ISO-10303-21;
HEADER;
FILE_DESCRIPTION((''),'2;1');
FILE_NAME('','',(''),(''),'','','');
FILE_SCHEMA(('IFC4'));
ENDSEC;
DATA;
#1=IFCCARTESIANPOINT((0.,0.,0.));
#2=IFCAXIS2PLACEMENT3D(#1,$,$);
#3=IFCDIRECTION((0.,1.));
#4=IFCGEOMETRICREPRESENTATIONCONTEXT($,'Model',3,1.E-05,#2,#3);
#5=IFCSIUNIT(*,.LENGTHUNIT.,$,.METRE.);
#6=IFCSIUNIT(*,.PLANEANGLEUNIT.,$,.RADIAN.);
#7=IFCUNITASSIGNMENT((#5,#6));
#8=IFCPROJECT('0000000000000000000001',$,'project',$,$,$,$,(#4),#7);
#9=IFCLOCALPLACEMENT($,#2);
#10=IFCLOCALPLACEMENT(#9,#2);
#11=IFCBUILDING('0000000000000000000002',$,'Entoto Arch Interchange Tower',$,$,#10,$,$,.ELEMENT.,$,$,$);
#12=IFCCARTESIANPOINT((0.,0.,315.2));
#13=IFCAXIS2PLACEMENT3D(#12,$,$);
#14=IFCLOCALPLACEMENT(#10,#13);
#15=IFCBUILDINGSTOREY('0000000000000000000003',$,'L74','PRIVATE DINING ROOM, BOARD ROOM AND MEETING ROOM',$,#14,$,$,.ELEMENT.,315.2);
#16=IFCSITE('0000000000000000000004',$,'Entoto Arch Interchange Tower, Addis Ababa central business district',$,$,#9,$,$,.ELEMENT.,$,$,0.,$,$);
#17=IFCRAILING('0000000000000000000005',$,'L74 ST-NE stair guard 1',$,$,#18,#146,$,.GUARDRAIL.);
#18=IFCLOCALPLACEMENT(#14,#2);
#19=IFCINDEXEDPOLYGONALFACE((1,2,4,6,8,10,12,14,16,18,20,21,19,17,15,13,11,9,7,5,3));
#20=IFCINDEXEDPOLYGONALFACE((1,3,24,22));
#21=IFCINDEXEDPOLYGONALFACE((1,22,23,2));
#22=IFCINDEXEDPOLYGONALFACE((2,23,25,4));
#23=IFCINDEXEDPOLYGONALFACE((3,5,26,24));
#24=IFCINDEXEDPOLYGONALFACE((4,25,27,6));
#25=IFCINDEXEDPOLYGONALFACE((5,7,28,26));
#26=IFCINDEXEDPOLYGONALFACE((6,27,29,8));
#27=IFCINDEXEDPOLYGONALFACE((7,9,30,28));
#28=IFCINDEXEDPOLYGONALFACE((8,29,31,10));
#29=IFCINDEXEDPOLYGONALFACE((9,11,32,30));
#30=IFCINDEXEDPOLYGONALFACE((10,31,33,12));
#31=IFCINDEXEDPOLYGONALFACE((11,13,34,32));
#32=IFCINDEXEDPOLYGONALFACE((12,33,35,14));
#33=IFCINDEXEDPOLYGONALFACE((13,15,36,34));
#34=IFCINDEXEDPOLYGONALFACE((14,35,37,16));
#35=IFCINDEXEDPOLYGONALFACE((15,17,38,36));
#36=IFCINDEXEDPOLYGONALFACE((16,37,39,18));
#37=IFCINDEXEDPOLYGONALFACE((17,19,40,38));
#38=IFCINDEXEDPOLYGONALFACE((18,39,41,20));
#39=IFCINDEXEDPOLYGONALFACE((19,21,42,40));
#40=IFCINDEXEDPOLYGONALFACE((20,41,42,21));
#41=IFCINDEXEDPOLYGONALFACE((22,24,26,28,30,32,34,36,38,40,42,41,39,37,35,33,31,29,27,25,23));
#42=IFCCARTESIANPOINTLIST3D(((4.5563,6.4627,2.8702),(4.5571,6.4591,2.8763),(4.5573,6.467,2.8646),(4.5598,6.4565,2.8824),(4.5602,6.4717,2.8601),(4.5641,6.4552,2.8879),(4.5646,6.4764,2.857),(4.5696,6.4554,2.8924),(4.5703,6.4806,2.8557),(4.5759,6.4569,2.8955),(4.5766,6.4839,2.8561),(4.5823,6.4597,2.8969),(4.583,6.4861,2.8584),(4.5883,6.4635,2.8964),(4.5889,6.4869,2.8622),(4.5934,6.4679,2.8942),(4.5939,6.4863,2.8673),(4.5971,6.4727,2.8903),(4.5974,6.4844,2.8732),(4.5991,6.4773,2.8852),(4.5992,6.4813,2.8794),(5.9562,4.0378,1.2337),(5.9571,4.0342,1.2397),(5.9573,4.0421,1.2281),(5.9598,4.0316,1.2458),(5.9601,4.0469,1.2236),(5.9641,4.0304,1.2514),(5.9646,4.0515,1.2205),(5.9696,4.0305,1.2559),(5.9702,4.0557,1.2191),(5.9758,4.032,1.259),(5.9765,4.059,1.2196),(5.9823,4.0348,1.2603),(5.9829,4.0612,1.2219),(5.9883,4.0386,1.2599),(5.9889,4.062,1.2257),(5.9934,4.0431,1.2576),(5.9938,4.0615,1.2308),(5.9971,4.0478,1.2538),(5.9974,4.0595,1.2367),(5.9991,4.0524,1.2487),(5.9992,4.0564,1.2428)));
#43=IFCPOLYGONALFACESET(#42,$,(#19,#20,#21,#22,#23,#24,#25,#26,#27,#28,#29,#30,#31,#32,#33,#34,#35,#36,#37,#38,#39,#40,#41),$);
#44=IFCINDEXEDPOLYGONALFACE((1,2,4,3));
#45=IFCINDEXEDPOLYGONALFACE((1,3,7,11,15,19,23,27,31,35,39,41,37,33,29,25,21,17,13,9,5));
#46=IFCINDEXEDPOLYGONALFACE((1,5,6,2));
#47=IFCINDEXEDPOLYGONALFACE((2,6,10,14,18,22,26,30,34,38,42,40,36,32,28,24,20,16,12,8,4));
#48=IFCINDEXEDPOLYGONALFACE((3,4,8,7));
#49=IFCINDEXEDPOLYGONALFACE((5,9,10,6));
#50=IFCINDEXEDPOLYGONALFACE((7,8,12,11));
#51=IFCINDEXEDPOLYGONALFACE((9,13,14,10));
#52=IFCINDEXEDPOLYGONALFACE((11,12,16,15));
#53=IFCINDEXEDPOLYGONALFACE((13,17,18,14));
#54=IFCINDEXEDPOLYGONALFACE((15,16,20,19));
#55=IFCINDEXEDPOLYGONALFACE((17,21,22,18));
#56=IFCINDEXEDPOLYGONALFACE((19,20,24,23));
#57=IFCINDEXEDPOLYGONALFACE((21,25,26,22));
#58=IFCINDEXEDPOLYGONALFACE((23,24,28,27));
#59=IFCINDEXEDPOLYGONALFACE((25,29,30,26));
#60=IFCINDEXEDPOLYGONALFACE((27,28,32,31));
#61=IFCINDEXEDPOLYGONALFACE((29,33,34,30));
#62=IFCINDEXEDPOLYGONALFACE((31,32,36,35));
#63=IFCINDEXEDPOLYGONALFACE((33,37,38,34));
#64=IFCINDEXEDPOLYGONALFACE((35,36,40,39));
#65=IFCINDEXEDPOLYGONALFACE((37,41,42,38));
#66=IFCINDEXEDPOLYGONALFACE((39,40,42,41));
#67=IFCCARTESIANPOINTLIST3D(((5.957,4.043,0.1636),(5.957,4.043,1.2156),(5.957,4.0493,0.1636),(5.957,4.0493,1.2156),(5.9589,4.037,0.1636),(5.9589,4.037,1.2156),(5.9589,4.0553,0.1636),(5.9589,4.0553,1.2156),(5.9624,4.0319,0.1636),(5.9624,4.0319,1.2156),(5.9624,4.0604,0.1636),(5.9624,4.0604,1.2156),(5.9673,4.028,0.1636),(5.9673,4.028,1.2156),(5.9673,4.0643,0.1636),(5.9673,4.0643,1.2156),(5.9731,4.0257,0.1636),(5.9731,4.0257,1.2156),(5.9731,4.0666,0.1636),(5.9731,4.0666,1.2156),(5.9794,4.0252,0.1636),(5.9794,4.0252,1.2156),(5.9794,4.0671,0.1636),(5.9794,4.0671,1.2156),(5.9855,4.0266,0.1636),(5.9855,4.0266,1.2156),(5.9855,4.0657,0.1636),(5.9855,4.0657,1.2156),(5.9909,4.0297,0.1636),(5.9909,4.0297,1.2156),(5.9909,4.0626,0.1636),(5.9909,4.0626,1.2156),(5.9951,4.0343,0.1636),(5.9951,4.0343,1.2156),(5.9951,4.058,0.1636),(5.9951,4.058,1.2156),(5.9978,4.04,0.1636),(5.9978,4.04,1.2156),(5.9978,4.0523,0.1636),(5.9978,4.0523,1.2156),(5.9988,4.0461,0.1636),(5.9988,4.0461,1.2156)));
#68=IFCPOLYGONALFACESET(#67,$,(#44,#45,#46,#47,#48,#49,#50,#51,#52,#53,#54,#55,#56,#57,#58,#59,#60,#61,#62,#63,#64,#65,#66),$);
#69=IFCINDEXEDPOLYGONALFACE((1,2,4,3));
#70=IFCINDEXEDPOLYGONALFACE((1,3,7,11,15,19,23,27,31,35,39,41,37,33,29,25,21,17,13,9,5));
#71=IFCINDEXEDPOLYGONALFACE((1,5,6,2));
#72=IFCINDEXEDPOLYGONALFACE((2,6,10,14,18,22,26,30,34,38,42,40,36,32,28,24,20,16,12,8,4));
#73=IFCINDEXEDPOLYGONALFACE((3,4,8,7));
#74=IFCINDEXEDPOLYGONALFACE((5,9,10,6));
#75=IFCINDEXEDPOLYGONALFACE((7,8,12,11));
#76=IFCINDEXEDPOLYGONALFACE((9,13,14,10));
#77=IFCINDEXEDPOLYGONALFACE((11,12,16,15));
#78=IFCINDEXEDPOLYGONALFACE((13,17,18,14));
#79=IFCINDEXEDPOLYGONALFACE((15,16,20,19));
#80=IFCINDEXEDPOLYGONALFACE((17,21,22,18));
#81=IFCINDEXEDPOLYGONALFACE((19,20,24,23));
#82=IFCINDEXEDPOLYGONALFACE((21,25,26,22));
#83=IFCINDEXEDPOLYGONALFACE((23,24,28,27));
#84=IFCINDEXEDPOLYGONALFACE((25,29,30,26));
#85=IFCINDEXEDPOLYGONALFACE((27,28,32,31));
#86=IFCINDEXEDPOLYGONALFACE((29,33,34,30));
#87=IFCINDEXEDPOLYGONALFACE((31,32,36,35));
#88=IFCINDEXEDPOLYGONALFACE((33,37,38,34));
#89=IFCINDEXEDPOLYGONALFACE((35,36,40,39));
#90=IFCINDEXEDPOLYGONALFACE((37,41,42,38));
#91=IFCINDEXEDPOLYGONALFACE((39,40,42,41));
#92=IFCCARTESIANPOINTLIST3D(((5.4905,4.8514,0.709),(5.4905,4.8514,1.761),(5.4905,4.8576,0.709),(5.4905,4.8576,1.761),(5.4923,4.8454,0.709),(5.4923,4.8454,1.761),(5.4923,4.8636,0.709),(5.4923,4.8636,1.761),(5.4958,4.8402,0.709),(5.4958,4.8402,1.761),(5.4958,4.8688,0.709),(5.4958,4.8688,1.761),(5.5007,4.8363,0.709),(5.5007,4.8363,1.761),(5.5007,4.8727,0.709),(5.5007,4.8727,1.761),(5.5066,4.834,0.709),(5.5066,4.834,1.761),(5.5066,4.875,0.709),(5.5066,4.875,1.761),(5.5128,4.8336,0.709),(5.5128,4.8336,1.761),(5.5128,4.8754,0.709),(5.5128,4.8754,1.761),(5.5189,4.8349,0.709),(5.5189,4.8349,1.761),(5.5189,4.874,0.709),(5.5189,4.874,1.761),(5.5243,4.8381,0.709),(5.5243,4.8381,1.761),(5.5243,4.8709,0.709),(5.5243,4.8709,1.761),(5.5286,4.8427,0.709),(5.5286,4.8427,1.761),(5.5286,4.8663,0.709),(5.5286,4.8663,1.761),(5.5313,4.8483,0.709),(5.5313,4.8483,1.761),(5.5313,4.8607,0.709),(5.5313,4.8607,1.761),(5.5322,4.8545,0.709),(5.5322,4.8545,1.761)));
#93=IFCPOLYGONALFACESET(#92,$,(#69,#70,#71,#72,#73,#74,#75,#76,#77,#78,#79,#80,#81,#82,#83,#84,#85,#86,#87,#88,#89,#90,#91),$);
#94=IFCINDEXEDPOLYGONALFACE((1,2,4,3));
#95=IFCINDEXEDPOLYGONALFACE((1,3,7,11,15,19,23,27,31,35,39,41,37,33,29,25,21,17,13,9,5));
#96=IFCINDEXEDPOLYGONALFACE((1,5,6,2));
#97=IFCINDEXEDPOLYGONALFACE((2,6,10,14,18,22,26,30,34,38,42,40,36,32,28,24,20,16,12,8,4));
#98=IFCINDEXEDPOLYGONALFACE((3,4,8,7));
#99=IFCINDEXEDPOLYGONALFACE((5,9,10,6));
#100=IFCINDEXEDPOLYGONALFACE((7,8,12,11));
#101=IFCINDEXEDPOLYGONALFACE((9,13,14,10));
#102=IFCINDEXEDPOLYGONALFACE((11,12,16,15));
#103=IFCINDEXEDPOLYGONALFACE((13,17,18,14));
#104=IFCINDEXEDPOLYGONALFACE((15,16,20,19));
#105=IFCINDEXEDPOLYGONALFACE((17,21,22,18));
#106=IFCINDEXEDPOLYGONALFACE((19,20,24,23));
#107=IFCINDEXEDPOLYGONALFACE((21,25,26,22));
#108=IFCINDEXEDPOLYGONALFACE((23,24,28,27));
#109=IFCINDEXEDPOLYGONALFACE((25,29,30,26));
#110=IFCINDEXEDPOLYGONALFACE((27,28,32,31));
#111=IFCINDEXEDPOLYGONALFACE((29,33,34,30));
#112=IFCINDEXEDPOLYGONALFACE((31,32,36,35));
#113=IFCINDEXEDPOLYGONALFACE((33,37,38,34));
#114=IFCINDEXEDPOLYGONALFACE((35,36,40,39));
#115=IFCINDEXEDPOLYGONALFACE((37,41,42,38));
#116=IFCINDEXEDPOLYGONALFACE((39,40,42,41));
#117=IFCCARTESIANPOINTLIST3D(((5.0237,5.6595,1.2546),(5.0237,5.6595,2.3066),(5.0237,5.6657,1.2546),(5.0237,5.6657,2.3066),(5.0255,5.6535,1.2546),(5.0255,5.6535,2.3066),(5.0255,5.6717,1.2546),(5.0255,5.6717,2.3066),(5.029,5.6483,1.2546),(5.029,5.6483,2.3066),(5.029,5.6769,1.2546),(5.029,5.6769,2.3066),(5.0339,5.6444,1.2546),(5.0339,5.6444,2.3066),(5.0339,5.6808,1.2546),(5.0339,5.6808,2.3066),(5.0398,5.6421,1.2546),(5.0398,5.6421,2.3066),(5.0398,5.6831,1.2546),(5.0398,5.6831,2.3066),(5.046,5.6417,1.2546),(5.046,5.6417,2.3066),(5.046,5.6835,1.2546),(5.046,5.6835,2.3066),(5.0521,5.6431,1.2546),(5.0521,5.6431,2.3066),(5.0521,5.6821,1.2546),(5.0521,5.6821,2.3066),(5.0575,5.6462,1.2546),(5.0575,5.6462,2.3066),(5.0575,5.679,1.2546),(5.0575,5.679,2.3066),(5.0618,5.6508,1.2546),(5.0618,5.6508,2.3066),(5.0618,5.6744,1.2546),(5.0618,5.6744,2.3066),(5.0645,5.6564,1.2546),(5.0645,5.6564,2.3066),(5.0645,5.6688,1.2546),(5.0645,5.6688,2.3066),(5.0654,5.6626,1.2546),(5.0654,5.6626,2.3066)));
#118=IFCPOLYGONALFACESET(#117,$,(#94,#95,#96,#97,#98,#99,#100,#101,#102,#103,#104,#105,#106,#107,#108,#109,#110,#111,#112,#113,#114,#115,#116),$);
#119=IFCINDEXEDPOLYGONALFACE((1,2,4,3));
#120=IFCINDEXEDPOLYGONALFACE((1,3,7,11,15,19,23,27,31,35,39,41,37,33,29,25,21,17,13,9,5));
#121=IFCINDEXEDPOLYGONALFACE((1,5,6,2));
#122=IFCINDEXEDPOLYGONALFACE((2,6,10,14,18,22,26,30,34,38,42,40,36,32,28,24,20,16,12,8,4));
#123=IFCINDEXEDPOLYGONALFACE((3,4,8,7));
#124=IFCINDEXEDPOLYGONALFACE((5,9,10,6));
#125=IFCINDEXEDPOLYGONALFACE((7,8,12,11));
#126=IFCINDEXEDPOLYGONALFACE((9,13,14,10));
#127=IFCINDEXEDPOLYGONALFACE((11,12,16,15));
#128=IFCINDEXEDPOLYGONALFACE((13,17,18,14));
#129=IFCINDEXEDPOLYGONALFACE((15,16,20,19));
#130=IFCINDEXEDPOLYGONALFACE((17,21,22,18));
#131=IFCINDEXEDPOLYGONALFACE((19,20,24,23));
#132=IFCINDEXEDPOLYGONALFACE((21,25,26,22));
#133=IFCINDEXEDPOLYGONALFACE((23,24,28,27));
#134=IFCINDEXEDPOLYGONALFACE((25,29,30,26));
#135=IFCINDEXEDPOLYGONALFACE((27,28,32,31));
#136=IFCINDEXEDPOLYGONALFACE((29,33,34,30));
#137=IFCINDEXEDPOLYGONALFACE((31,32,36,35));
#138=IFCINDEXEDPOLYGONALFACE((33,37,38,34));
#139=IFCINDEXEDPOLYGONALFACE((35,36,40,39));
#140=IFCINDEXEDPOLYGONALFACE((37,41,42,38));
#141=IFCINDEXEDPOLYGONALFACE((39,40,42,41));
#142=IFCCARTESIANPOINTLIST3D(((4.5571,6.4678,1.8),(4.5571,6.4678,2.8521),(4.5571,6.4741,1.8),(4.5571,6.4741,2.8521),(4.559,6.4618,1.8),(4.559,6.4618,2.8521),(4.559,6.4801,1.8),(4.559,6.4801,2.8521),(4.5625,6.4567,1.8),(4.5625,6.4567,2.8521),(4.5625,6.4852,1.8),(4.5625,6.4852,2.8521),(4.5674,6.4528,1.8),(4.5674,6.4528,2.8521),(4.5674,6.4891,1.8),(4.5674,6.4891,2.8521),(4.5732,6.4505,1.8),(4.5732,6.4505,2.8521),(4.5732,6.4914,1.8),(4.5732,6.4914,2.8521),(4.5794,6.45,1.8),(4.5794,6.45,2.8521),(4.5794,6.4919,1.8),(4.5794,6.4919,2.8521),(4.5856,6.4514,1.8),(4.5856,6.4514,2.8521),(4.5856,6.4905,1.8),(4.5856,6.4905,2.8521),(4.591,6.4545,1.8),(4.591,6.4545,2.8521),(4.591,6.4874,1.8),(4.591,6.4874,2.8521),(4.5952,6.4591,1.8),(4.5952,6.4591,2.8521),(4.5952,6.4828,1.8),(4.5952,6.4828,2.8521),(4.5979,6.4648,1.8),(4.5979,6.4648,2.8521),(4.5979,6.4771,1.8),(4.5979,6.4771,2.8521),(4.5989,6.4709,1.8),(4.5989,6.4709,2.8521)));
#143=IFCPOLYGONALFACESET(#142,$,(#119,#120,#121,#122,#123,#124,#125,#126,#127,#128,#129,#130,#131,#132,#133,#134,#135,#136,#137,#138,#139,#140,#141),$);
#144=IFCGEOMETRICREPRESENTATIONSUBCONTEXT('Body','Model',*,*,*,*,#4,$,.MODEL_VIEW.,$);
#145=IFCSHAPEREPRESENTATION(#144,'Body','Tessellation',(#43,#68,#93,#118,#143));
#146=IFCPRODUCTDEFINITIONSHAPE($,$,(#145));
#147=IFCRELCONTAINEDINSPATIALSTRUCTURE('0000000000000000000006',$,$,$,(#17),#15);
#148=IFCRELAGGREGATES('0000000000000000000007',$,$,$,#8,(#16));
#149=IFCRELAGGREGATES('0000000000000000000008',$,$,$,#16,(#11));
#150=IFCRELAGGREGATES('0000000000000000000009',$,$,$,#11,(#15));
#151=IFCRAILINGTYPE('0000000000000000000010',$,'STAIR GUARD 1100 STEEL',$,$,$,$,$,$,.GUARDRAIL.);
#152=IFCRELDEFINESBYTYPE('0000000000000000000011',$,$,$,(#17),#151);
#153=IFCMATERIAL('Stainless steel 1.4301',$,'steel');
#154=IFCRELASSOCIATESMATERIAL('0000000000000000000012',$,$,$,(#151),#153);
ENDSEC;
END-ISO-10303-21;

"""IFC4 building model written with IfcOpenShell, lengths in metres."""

from ifc_helpers import new_model, si_unit, direction, frame, origin, origin_2d, place, context, subcontext, project, spatial, circle, extrude, material, type_object, element, save


model = new_model("IFC4")

# Units and contexts
model_context = context("Model", 3, precision=1e-05, world=origin(), true_north=direction((0.0, 1.0)))
body_context = subcontext(model_context, "Body", "Model", "MODEL_VIEW")
ifc_project = project(units=[si_unit("LENGTHUNIT", "METRE"), si_unit("PLANEANGLEUNIT", "RADIAN")], contexts=[model_context])

# Site, building, storey
site_placement = place(None, origin())
site = spatial("IfcSite", under=ifc_project, at=site_placement, Name="Entoto Arch Interchange Tower, Addis Ababa central business district", CompositionType="ELEMENT", RefElevation=0.0)
building_placement = place(site_placement, origin())
building = spatial("IfcBuilding", under=site, at=building_placement, Name="Entoto Arch Interchange Tower", CompositionType="ELEMENT")
storey_placement = place(building_placement, frame((0.0, 0.0, 315.2)))
storey = spatial("IfcBuildingStorey", under=building, at=storey_placement, Name="L74", Description="PRIVATE DINING ROOM, BOARD ROOM AND MEETING ROOM", CompositionType="ELEMENT", Elevation=315.2)

# Railing
ifc_material_1 = material(Name="Stainless steel 1.4301", Category="steel")
railing_type_1 = type_object("IfcRailingType", Name="STAIR GUARD 1100 STEEL", PredefinedType="GUARDRAIL", material=ifc_material_1)
railing_1_placement = place(storey_placement, frame((5.9778, 4.0461, 0.1636)))
element("IfcRailing", 1, at=railing_1_placement, inside=storey, type_object=railing_type_1, Name="L74 ST-NE stair guard 1", PredefinedType="GUARDRAIL", context=body_context, shape_type="SweptSolid", body=[
    extrude(circle(Radius=0.0239, at=origin_2d()), frame((0.0, 0.0, 1.0762), z_axis=(-0.431661, 0.74769, 0.504608), x_axis=(-0.866035, -0.499984, 0.0)), (0.0, 0.0, 1.0), 3.2432),
    extrude(circle(Radius=0.021, at=origin_2d()), origin(), (0.0, 0.0, 1.0), 1.052),
    extrude(circle(Radius=0.021, at=origin_2d()), frame((-0.4666, 0.8083, 0.5454)), (0.0, 0.0, 1.0), 1.052),
    extrude(circle(Radius=0.021, at=origin_2d()), frame((-0.9333, 1.6165, 1.0911)), (0.0, 0.0, 1.0), 1.052),
    extrude(circle(Radius=0.021, at=origin_2d()), frame((-1.3999, 2.4248, 1.6365)), (0.0, 0.0, 1.0), 1.052),
])

save(model, "model.ifc")
